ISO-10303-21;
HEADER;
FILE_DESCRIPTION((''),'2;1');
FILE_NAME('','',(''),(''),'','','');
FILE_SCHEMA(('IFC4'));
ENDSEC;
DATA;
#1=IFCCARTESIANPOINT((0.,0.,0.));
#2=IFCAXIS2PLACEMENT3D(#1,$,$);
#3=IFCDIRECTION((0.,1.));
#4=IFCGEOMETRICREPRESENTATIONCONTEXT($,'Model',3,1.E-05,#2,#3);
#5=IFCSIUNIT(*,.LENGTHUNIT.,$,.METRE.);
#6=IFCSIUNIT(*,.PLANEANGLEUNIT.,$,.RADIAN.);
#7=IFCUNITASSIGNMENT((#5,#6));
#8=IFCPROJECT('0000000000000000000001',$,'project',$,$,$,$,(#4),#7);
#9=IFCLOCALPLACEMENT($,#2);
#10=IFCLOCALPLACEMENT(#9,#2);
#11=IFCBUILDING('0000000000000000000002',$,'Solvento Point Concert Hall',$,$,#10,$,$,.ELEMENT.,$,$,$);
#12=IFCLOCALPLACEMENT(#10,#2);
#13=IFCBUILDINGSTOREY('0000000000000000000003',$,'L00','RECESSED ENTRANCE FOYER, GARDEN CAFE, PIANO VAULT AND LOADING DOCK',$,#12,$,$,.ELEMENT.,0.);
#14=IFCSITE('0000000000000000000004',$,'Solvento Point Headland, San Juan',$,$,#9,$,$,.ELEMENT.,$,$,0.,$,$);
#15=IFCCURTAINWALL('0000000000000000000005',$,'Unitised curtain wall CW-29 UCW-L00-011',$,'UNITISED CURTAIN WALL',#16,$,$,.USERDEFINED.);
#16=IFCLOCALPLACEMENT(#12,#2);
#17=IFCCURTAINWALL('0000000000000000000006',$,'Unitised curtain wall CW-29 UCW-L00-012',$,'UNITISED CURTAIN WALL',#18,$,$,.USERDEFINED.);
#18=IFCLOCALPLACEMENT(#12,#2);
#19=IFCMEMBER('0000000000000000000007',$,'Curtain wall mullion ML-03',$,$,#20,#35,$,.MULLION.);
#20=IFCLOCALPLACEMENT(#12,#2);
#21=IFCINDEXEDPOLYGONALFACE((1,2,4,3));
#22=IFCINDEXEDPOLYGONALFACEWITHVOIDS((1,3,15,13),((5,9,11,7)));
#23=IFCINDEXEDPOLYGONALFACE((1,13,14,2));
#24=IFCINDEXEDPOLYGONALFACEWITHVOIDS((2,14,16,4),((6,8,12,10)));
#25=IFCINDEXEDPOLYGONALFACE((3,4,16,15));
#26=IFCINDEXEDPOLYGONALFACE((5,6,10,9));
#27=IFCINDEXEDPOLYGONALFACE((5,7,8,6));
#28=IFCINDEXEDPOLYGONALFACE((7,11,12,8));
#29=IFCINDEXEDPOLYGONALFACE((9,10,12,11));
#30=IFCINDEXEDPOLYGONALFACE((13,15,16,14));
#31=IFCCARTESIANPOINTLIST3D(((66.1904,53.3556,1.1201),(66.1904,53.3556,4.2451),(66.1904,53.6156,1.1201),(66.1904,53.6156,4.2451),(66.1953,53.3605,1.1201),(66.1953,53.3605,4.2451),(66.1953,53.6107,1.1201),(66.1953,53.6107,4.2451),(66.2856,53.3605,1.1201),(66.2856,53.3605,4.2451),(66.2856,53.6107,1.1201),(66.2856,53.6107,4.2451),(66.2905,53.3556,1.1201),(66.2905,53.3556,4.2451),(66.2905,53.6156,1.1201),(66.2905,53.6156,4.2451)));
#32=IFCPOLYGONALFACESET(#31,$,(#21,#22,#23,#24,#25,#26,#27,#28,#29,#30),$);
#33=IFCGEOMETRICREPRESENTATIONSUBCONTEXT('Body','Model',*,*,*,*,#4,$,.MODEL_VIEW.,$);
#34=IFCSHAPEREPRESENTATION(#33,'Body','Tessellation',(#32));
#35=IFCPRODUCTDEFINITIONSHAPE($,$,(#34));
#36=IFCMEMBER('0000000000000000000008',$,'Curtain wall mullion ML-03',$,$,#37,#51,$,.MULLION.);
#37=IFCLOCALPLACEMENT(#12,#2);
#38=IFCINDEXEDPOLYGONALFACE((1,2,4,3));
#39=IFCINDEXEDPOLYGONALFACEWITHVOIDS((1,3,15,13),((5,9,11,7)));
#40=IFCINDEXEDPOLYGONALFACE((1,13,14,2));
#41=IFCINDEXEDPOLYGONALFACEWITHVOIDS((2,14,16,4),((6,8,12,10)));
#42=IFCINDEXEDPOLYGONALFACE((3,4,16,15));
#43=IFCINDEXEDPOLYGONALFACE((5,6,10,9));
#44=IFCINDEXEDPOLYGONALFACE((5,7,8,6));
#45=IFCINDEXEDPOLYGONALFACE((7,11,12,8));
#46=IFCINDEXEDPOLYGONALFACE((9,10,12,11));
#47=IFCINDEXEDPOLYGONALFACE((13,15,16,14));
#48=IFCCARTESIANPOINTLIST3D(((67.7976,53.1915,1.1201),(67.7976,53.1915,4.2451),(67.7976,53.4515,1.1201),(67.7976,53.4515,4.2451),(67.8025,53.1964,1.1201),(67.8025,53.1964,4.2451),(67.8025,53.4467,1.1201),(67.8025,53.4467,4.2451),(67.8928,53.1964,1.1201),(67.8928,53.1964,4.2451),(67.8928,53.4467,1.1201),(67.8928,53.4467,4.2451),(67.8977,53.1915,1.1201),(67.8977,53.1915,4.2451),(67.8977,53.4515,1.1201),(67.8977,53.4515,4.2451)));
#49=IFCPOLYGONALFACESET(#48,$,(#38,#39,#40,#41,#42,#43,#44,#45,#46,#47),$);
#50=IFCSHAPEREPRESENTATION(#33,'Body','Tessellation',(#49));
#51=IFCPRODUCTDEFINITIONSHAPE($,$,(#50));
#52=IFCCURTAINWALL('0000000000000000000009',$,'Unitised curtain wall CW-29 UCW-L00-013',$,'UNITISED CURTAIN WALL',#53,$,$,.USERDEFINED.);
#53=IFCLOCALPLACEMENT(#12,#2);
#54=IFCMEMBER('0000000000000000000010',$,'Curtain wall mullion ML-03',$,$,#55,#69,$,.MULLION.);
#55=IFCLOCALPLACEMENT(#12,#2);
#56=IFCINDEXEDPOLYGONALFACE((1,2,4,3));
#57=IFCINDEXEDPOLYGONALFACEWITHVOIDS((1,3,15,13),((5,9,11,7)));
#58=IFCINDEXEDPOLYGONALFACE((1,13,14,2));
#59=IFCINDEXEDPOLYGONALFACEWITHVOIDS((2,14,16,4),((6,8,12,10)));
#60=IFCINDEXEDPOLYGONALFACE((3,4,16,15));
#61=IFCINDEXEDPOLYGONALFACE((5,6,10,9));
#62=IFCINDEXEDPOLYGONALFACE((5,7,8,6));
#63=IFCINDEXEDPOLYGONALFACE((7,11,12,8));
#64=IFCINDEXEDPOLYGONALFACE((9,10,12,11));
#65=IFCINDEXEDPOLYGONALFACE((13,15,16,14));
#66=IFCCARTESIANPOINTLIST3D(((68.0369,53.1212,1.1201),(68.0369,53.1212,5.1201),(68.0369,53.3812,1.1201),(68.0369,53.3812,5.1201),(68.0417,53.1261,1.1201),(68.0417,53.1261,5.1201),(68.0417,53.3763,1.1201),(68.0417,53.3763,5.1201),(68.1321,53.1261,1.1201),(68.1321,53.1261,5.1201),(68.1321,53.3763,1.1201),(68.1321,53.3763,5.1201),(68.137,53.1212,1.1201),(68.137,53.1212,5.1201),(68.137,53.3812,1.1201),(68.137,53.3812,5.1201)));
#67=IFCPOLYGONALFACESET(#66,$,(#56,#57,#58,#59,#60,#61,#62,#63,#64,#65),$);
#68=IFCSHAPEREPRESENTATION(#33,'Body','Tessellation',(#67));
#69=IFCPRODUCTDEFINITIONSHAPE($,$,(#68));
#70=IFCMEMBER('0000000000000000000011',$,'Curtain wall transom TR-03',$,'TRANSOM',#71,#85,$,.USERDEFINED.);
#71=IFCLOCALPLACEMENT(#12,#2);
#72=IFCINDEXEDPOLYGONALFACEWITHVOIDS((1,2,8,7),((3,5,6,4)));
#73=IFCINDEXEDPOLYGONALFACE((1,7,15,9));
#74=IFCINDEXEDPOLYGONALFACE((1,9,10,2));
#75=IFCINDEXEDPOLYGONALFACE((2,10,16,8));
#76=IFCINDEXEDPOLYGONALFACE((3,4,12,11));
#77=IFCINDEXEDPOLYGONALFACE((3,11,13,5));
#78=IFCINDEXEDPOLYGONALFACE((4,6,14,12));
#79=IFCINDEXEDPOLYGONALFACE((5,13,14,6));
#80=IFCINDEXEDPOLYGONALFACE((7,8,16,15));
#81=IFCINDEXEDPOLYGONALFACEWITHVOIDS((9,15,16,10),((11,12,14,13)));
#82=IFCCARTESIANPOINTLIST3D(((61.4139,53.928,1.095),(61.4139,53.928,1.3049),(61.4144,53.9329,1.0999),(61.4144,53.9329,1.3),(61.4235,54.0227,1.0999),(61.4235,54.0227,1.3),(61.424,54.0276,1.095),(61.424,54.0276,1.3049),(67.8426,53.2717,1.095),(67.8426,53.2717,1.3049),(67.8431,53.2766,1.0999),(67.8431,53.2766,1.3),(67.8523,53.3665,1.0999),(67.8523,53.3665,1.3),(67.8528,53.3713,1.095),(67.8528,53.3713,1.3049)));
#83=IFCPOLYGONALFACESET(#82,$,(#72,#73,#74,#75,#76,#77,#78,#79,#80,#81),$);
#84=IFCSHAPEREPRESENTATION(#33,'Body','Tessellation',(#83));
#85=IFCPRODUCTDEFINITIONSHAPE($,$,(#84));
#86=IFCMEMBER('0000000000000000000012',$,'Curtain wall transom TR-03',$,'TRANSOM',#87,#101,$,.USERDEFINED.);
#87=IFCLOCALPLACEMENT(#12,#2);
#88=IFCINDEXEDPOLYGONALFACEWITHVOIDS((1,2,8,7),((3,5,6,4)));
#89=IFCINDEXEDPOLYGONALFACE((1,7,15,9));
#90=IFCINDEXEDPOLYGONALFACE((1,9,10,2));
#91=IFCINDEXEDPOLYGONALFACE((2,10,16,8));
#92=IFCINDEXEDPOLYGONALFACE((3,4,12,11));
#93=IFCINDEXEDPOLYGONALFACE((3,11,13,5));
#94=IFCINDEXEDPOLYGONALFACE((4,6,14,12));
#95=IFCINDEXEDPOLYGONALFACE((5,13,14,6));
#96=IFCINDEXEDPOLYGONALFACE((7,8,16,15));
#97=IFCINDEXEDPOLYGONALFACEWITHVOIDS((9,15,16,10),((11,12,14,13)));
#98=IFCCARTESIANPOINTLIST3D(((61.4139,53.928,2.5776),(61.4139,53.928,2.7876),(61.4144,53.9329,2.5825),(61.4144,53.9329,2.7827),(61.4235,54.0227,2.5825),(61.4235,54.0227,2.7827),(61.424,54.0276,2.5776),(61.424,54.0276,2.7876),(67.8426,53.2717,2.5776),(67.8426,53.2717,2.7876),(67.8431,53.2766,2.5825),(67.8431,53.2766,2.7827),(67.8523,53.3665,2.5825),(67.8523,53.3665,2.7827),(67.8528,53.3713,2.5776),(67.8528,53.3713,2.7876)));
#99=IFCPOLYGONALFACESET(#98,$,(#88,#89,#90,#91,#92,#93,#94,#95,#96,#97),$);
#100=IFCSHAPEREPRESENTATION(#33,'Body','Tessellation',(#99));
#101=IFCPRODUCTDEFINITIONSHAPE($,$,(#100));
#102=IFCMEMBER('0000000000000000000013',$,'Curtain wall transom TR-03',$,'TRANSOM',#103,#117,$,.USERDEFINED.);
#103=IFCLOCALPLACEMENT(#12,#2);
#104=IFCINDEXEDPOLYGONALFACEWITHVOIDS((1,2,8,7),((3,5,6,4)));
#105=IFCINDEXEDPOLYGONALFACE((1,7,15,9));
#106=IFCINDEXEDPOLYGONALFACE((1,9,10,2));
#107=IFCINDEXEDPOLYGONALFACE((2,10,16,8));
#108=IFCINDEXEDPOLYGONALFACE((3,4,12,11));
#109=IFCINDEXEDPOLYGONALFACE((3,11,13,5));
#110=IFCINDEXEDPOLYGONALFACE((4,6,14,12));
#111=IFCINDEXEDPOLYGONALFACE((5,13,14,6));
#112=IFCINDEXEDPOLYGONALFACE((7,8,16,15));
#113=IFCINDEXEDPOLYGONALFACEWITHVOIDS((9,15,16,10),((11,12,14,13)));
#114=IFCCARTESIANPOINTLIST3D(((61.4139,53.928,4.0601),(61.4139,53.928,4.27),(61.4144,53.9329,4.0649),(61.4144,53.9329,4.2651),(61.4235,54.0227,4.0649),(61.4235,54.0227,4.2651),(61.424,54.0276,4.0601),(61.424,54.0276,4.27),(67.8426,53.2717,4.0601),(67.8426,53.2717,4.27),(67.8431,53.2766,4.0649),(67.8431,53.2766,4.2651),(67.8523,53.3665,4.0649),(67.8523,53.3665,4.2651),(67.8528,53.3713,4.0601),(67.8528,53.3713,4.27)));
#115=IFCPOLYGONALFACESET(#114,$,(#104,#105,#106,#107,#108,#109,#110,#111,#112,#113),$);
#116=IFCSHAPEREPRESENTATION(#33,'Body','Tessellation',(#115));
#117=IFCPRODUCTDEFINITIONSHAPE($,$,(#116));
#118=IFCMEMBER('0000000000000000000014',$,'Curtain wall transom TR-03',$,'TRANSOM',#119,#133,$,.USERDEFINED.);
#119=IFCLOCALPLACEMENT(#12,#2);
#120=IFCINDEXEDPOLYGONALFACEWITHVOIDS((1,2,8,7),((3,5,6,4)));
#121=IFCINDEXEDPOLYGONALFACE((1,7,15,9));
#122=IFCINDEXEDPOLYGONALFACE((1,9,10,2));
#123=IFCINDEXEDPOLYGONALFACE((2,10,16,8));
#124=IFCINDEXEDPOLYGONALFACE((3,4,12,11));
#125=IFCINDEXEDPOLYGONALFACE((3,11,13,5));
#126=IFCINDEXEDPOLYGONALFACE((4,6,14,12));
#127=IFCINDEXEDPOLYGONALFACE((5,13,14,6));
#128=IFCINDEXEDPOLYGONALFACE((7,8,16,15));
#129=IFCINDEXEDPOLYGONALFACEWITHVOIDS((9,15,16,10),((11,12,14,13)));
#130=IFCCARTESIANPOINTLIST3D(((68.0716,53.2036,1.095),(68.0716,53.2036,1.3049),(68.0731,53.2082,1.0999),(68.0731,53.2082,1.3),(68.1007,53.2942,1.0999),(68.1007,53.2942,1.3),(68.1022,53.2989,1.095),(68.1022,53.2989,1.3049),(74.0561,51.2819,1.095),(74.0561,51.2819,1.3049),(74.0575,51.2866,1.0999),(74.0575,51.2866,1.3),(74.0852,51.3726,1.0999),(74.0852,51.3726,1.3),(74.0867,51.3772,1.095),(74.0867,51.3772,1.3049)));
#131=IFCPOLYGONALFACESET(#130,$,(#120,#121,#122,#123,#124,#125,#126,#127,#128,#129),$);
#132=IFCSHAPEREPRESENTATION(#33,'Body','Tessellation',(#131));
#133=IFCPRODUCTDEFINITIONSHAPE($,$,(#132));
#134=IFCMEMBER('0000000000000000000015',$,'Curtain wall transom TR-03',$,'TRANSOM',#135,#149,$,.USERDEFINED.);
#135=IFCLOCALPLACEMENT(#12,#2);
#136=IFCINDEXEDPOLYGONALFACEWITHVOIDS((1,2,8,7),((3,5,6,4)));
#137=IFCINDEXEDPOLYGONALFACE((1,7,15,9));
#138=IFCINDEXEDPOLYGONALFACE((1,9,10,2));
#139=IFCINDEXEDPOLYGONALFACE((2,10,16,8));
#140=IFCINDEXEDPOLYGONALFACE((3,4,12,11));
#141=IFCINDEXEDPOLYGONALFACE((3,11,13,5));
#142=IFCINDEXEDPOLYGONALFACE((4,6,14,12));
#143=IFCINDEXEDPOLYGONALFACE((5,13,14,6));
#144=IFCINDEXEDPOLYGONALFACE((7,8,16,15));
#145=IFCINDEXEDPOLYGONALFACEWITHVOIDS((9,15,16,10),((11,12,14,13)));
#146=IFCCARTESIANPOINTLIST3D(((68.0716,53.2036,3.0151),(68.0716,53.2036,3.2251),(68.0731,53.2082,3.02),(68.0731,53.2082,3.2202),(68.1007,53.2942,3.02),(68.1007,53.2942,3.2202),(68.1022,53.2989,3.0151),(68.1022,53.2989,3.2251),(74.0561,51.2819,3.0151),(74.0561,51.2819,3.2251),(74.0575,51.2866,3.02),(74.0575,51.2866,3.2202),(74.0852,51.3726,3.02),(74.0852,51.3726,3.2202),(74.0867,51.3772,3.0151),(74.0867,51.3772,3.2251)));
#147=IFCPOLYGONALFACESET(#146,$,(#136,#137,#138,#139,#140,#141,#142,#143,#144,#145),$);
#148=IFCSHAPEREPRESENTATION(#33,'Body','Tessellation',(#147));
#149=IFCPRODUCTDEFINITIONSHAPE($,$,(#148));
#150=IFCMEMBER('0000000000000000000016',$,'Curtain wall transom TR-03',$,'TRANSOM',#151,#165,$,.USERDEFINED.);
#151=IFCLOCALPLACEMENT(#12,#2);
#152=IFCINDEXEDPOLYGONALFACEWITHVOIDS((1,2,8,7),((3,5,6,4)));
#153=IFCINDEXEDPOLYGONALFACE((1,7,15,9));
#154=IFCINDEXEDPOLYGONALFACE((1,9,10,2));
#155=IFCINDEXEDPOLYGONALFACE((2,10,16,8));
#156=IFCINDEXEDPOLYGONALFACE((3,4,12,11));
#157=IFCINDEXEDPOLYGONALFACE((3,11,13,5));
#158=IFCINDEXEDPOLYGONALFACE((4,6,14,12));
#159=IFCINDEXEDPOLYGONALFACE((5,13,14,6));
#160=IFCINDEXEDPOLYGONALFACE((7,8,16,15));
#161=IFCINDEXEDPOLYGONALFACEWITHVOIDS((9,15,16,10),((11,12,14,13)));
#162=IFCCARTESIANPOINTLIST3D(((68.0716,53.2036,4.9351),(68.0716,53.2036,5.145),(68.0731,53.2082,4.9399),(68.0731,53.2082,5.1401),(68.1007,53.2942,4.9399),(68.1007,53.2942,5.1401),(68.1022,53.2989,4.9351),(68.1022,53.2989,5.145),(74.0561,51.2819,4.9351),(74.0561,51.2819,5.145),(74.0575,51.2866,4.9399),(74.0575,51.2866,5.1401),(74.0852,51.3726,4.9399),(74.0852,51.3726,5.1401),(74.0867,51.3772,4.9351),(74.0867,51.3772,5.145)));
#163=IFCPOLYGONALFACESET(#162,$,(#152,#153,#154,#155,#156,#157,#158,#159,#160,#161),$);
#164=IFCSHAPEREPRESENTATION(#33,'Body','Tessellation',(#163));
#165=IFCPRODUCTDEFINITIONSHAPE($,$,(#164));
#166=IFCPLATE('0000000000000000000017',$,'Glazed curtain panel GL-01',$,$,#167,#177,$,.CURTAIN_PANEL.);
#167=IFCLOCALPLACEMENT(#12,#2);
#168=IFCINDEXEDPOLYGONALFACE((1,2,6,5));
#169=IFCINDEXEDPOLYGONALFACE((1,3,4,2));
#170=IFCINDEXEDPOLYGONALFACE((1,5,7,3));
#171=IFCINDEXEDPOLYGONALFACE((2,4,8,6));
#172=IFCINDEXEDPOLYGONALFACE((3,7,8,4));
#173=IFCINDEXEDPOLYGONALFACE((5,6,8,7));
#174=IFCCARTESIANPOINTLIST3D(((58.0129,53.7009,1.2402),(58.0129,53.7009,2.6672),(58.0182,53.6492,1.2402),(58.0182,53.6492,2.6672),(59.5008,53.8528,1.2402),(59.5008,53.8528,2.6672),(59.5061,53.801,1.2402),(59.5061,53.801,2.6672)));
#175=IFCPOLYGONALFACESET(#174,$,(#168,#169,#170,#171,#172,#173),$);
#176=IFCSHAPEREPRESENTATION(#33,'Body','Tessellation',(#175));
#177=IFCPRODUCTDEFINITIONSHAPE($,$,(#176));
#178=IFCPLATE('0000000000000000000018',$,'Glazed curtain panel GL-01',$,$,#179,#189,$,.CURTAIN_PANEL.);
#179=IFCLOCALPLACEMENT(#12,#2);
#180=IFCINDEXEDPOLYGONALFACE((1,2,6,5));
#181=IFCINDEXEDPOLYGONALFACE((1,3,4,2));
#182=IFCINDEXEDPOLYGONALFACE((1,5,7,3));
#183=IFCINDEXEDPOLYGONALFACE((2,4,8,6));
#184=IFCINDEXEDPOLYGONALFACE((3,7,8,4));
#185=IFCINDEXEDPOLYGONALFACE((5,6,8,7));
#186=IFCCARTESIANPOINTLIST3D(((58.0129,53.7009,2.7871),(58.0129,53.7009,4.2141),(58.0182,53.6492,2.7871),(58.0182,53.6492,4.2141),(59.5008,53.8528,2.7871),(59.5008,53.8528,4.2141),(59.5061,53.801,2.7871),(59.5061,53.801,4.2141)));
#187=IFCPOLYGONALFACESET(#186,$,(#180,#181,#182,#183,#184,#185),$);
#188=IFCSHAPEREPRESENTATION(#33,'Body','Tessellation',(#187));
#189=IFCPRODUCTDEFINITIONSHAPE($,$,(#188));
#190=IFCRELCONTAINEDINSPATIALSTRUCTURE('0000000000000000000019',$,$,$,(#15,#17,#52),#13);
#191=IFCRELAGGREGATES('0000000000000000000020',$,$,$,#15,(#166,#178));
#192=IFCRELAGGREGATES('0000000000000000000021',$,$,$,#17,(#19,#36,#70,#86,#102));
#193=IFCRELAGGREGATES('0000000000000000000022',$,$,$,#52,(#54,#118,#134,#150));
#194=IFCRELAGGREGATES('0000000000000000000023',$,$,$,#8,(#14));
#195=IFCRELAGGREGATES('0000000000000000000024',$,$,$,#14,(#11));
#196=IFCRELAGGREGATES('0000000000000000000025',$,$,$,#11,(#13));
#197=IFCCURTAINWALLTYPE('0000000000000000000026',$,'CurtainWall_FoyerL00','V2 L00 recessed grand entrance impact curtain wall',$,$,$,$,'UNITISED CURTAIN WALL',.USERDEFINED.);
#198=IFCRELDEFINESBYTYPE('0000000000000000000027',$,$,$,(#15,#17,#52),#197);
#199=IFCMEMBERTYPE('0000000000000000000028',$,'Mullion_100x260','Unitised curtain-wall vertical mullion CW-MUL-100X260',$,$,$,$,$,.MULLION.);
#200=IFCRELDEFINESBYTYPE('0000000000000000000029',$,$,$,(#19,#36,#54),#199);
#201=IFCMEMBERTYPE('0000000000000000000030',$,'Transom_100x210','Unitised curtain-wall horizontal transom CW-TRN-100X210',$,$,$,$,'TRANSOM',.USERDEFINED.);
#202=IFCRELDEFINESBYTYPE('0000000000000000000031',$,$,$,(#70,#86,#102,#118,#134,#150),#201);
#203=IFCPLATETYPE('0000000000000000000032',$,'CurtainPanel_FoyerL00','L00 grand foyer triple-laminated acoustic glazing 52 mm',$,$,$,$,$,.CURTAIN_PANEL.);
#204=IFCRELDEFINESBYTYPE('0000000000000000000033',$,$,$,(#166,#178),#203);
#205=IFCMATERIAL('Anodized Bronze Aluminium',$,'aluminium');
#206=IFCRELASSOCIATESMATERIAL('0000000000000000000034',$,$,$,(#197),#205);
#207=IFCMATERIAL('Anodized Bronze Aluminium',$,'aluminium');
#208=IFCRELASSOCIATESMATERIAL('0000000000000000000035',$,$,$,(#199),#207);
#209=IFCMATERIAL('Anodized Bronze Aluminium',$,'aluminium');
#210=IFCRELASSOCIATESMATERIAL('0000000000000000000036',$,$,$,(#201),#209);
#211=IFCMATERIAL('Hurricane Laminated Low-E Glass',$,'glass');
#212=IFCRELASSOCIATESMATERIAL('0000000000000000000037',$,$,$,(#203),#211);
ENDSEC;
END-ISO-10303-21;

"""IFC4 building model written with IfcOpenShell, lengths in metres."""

from ifc_helpers import new_model, si_unit, direction, frame, origin, origin_2d, place, context, subcontext, project, spatial, rectangle, hollow_rectangle, extrude, material, material_profile, profile_set, type_object, element, aggregate, save


model = new_model("IFC4")

# Units and contexts
model_context = context("Model", 3, precision=1e-05, world=origin(), true_north=direction((0.0, 1.0)))
body_context = subcontext(model_context, "Body", "Model", "MODEL_VIEW")
ifc_project = project(units=[si_unit("LENGTHUNIT", "METRE"), si_unit("PLANEANGLEUNIT", "RADIAN")], contexts=[model_context])

# Site, building, storey
site_placement = place(None, origin())
site = spatial("IfcSite", under=ifc_project, at=site_placement, Name="Solvento Point Headland, San Juan", CompositionType="ELEMENT", RefElevation=0.0)
building_placement = place(site_placement, origin())
building = spatial("IfcBuilding", under=site, at=building_placement, Name="Solvento Point Concert Hall", CompositionType="ELEMENT")
storey_placement = place(building_placement, origin())
storey = spatial("IfcBuildingStorey", under=building, at=storey_placement, Name="L00", Description="RECESSED ENTRANCE FOYER, GARDEN CAFE, PIANO VAULT AND LOADING DOCK", CompositionType="ELEMENT", Elevation=0.0)

# Curtain walls, members
ifc_material_1 = material(Name="Anodized Bronze Aluminium", Category="aluminium")
curtain_wall_type = type_object("IfcCurtainWallType", Name="CurtainWall_FoyerL00", Description="V2 L00 recessed grand entrance impact curtain wall", ElementType="UNITISED CURTAIN WALL", PredefinedType="USERDEFINED", material=ifc_material_1)
curtain_wall_1_placement = place(storey_placement, origin())
curtain_wall_1 = element("IfcCurtainWall", 1, at=curtain_wall_1_placement, inside=storey, type_object=curtain_wall_type, Name="Unitised curtain wall CW-29 UCW-L00-011", ObjectType="UNITISED CURTAIN WALL", PredefinedType="USERDEFINED")
ifc_material_2 = material(Name="Anodized Bronze Aluminium", Category="aluminium")
ifc_material_profile_1 = material_profile(ifc_material_2, hollow_rectangle(XDim=0.1001, YDim=0.26, WallThickness=0.0049, at=origin_2d()), Name="CW-MUL-100X260")
ifc_profile_set_1 = profile_set([ifc_material_profile_1], Name="Anodized Bronze Aluminium")
member_type_1 = type_object("IfcMemberType", Name="Mullion_100x260", Description="Unitised curtain-wall vertical mullion CW-MUL-100X260", PredefinedType="MULLION", material=ifc_profile_set_1)
curtain_wall_2_placement = place(storey_placement, origin())
curtain_wall_2 = element("IfcCurtainWall", 2, at=curtain_wall_2_placement, inside=storey, type_object=curtain_wall_type, Name="Unitised curtain wall CW-29 UCW-L00-012", ObjectType="UNITISED CURTAIN WALL", PredefinedType="USERDEFINED")
member_1_placement = place(storey_placement, frame((66.2405, 53.4856, 1.1201), z_axis=(0.0, 0.0, 1.0), x_axis=(1.0, 0.0, 0.0)))
member_1 = element("IfcMember", 3, at=member_1_placement, type_object=member_type_1, Name="Curtain wall mullion ML-03", PredefinedType="MULLION", context=body_context, shape_type="SweptSolid", body=[
    extrude(hollow_rectangle(XDim=0.1001, YDim=0.26, WallThickness=0.0049, at=origin_2d()), origin(), (0.0, 0.0, 1.0), 3.125),
])
member_2_placement = place(storey_placement, frame((67.8477, 53.3215, 1.1201), z_axis=(0.0, 0.0, 1.0), x_axis=(1.0, 0.0, 0.0)))
member_2 = element("IfcMember", 4, at=member_2_placement, type_object=member_type_1, Name="Curtain wall mullion ML-03", PredefinedType="MULLION", context=body_context, shape_type="SweptSolid", body=[
    extrude(hollow_rectangle(XDim=0.1001, YDim=0.26, WallThickness=0.0049, at=origin_2d()), origin(), (0.0, 0.0, 1.0), 3.125),
])

# Curtain wall, member
curtain_wall_3_placement = place(storey_placement, origin())
curtain_wall_3 = element("IfcCurtainWall", 5, at=curtain_wall_3_placement, inside=storey, type_object=curtain_wall_type, Name="Unitised curtain wall CW-29 UCW-L00-013", ObjectType="UNITISED CURTAIN WALL", PredefinedType="USERDEFINED")
member_3_placement = place(storey_placement, frame((68.0869, 53.2512, 1.1201), z_axis=(0.0, 0.0, 1.0), x_axis=(1.0, 0.0, 0.0)))
member_3 = element("IfcMember", 6, at=member_3_placement, type_object=member_type_1, Name="Curtain wall mullion ML-03", PredefinedType="MULLION", context=body_context, shape_type="SweptSolid", body=[
    extrude(hollow_rectangle(XDim=0.1001, YDim=0.26, WallThickness=0.0049, at=origin_2d()), origin(), (0.0, 0.0, 1.0), 4.0),
])

# Members
ifc_material_3 = material(Name="Anodized Bronze Aluminium", Category="aluminium")
ifc_material_profile_2 = material_profile(ifc_material_3, hollow_rectangle(XDim=0.1001, YDim=0.21, WallThickness=0.0049, at=origin_2d()), Name="CW-TRN-100X210")
ifc_profile_set_2 = profile_set([ifc_material_profile_2], Name="Anodized Bronze Aluminium")
member_type_2 = type_object("IfcMemberType", Name="Transom_100x210", Description="Unitised curtain-wall horizontal transom CW-TRN-100X210", ElementType="TRANSOM", PredefinedType="USERDEFINED", material=ifc_profile_set_2)
member_4_placement = place(storey_placement, frame((61.4189, 53.9778, 1.2), z_axis=(0.99483, -0.101553, 0.0), x_axis=(0.101553, 0.99483, 0.0)))
member_4 = element("IfcMember", 7, at=member_4_placement, type_object=member_type_2, Name="Curtain wall transom TR-03", ObjectType="TRANSOM", PredefinedType="USERDEFINED", context=body_context, shape_type="SweptSolid", body=[
    extrude(hollow_rectangle(XDim=0.1001, YDim=0.21, WallThickness=0.0049, at=origin_2d()), origin(), (0.0, 0.0, 1.0), 6.4622),
])
member_5_placement = place(storey_placement, frame((61.4189, 53.9778, 2.6826), z_axis=(0.99483, -0.101553, 0.0), x_axis=(0.101553, 0.99483, 0.0)))
member_5 = element("IfcMember", 8, at=member_5_placement, type_object=member_type_2, Name="Curtain wall transom TR-03", ObjectType="TRANSOM", PredefinedType="USERDEFINED", context=body_context, shape_type="SweptSolid", body=[
    extrude(hollow_rectangle(XDim=0.1001, YDim=0.21, WallThickness=0.0049, at=origin_2d()), origin(), (0.0, 0.0, 1.0), 6.4622),
])
member_6_placement = place(storey_placement, frame((61.4189, 53.9778, 4.165), z_axis=(0.99483, -0.101553, 0.0), x_axis=(0.101553, 0.99483, 0.0)))
member_6 = element("IfcMember", 9, at=member_6_placement, type_object=member_type_2, Name="Curtain wall transom TR-03", ObjectType="TRANSOM", PredefinedType="USERDEFINED", context=body_context, shape_type="SweptSolid", body=[
    extrude(hollow_rectangle(XDim=0.1001, YDim=0.21, WallThickness=0.0049, at=origin_2d()), origin(), (0.0, 0.0, 1.0), 6.4622),
])
member_7_placement = place(storey_placement, frame((68.0869, 53.2512, 1.2), z_axis=(0.952117, -0.305733, 0.0), x_axis=(0.305733, 0.952117, 0.0)))
member_7 = element("IfcMember", 10, at=member_7_placement, type_object=member_type_2, Name="Curtain wall transom TR-03", ObjectType="TRANSOM", PredefinedType="USERDEFINED", context=body_context, shape_type="SweptSolid", body=[
    extrude(hollow_rectangle(XDim=0.1001, YDim=0.21, WallThickness=0.0049, at=origin_2d()), origin(), (0.0, 0.0, 1.0), 6.2854),
])
member_8_placement = place(storey_placement, frame((68.0869, 53.2512, 3.1201), z_axis=(0.952117, -0.305733, 0.0), x_axis=(0.305733, 0.952117, 0.0)))
member_8 = element("IfcMember", 11, at=member_8_placement, type_object=member_type_2, Name="Curtain wall transom TR-03", ObjectType="TRANSOM", PredefinedType="USERDEFINED", context=body_context, shape_type="SweptSolid", body=[
    extrude(hollow_rectangle(XDim=0.1001, YDim=0.21, WallThickness=0.0049, at=origin_2d()), origin(), (0.0, 0.0, 1.0), 6.2854),
])
member_9_placement = place(storey_placement, frame((68.0869, 53.2512, 5.04), z_axis=(0.952117, -0.305733, 0.0), x_axis=(0.305733, 0.952117, 0.0)))
member_9 = element("IfcMember", 12, at=member_9_placement, type_object=member_type_2, Name="Curtain wall transom TR-03", ObjectType="TRANSOM", PredefinedType="USERDEFINED", context=body_context, shape_type="SweptSolid", body=[
    extrude(hollow_rectangle(XDim=0.1001, YDim=0.21, WallThickness=0.0049, at=origin_2d()), origin(), (0.0, 0.0, 1.0), 6.2854),
])

# Plates
ifc_material_4 = material(Name="Hurricane Laminated Low-E Glass", Category="glass")
plate_type = type_object("IfcPlateType", Name="CurtainPanel_FoyerL00", Description="L00 grand foyer triple-laminated acoustic glazing 52 mm", PredefinedType="CURTAIN_PANEL", material=ifc_material_4)
plate_1_placement = place(storey_placement, frame((58.7595, 53.751, 1.2402), z_axis=(0.0, 0.0, 1.0), x_axis=(0.994832, 0.101532, 0.0)))
plate_1 = element("IfcPlate", 13, at=plate_1_placement, type_object=plate_type, Name="Glazed curtain panel GL-01", PredefinedType="CURTAIN_PANEL", context=body_context, shape_type="SweptSolid", body=[
    extrude(rectangle(XDim=1.4956, YDim=0.052, at=origin_2d()), origin(), (0.0, 0.0, 1.0), 1.427),
])
plate_2_placement = place(storey_placement, frame((58.7595, 53.751, 2.7871), z_axis=(0.0, 0.0, 1.0), x_axis=(0.994832, 0.101532, 0.0)))
plate_2 = element("IfcPlate", 14, at=plate_2_placement, type_object=plate_type, Name="Glazed curtain panel GL-01", PredefinedType="CURTAIN_PANEL", context=body_context, shape_type="SweptSolid", body=[
    extrude(rectangle(XDim=1.4956, YDim=0.052, at=origin_2d()), origin(), (0.0, 0.0, 1.0), 1.427),
])
aggregate(curtain_wall_1, [plate_1, plate_2])
aggregate(curtain_wall_2, [member_1, member_2, member_4, member_5, member_6])
aggregate(curtain_wall_3, [member_3, member_7, member_8, member_9])

save(model, "model.ifc")
